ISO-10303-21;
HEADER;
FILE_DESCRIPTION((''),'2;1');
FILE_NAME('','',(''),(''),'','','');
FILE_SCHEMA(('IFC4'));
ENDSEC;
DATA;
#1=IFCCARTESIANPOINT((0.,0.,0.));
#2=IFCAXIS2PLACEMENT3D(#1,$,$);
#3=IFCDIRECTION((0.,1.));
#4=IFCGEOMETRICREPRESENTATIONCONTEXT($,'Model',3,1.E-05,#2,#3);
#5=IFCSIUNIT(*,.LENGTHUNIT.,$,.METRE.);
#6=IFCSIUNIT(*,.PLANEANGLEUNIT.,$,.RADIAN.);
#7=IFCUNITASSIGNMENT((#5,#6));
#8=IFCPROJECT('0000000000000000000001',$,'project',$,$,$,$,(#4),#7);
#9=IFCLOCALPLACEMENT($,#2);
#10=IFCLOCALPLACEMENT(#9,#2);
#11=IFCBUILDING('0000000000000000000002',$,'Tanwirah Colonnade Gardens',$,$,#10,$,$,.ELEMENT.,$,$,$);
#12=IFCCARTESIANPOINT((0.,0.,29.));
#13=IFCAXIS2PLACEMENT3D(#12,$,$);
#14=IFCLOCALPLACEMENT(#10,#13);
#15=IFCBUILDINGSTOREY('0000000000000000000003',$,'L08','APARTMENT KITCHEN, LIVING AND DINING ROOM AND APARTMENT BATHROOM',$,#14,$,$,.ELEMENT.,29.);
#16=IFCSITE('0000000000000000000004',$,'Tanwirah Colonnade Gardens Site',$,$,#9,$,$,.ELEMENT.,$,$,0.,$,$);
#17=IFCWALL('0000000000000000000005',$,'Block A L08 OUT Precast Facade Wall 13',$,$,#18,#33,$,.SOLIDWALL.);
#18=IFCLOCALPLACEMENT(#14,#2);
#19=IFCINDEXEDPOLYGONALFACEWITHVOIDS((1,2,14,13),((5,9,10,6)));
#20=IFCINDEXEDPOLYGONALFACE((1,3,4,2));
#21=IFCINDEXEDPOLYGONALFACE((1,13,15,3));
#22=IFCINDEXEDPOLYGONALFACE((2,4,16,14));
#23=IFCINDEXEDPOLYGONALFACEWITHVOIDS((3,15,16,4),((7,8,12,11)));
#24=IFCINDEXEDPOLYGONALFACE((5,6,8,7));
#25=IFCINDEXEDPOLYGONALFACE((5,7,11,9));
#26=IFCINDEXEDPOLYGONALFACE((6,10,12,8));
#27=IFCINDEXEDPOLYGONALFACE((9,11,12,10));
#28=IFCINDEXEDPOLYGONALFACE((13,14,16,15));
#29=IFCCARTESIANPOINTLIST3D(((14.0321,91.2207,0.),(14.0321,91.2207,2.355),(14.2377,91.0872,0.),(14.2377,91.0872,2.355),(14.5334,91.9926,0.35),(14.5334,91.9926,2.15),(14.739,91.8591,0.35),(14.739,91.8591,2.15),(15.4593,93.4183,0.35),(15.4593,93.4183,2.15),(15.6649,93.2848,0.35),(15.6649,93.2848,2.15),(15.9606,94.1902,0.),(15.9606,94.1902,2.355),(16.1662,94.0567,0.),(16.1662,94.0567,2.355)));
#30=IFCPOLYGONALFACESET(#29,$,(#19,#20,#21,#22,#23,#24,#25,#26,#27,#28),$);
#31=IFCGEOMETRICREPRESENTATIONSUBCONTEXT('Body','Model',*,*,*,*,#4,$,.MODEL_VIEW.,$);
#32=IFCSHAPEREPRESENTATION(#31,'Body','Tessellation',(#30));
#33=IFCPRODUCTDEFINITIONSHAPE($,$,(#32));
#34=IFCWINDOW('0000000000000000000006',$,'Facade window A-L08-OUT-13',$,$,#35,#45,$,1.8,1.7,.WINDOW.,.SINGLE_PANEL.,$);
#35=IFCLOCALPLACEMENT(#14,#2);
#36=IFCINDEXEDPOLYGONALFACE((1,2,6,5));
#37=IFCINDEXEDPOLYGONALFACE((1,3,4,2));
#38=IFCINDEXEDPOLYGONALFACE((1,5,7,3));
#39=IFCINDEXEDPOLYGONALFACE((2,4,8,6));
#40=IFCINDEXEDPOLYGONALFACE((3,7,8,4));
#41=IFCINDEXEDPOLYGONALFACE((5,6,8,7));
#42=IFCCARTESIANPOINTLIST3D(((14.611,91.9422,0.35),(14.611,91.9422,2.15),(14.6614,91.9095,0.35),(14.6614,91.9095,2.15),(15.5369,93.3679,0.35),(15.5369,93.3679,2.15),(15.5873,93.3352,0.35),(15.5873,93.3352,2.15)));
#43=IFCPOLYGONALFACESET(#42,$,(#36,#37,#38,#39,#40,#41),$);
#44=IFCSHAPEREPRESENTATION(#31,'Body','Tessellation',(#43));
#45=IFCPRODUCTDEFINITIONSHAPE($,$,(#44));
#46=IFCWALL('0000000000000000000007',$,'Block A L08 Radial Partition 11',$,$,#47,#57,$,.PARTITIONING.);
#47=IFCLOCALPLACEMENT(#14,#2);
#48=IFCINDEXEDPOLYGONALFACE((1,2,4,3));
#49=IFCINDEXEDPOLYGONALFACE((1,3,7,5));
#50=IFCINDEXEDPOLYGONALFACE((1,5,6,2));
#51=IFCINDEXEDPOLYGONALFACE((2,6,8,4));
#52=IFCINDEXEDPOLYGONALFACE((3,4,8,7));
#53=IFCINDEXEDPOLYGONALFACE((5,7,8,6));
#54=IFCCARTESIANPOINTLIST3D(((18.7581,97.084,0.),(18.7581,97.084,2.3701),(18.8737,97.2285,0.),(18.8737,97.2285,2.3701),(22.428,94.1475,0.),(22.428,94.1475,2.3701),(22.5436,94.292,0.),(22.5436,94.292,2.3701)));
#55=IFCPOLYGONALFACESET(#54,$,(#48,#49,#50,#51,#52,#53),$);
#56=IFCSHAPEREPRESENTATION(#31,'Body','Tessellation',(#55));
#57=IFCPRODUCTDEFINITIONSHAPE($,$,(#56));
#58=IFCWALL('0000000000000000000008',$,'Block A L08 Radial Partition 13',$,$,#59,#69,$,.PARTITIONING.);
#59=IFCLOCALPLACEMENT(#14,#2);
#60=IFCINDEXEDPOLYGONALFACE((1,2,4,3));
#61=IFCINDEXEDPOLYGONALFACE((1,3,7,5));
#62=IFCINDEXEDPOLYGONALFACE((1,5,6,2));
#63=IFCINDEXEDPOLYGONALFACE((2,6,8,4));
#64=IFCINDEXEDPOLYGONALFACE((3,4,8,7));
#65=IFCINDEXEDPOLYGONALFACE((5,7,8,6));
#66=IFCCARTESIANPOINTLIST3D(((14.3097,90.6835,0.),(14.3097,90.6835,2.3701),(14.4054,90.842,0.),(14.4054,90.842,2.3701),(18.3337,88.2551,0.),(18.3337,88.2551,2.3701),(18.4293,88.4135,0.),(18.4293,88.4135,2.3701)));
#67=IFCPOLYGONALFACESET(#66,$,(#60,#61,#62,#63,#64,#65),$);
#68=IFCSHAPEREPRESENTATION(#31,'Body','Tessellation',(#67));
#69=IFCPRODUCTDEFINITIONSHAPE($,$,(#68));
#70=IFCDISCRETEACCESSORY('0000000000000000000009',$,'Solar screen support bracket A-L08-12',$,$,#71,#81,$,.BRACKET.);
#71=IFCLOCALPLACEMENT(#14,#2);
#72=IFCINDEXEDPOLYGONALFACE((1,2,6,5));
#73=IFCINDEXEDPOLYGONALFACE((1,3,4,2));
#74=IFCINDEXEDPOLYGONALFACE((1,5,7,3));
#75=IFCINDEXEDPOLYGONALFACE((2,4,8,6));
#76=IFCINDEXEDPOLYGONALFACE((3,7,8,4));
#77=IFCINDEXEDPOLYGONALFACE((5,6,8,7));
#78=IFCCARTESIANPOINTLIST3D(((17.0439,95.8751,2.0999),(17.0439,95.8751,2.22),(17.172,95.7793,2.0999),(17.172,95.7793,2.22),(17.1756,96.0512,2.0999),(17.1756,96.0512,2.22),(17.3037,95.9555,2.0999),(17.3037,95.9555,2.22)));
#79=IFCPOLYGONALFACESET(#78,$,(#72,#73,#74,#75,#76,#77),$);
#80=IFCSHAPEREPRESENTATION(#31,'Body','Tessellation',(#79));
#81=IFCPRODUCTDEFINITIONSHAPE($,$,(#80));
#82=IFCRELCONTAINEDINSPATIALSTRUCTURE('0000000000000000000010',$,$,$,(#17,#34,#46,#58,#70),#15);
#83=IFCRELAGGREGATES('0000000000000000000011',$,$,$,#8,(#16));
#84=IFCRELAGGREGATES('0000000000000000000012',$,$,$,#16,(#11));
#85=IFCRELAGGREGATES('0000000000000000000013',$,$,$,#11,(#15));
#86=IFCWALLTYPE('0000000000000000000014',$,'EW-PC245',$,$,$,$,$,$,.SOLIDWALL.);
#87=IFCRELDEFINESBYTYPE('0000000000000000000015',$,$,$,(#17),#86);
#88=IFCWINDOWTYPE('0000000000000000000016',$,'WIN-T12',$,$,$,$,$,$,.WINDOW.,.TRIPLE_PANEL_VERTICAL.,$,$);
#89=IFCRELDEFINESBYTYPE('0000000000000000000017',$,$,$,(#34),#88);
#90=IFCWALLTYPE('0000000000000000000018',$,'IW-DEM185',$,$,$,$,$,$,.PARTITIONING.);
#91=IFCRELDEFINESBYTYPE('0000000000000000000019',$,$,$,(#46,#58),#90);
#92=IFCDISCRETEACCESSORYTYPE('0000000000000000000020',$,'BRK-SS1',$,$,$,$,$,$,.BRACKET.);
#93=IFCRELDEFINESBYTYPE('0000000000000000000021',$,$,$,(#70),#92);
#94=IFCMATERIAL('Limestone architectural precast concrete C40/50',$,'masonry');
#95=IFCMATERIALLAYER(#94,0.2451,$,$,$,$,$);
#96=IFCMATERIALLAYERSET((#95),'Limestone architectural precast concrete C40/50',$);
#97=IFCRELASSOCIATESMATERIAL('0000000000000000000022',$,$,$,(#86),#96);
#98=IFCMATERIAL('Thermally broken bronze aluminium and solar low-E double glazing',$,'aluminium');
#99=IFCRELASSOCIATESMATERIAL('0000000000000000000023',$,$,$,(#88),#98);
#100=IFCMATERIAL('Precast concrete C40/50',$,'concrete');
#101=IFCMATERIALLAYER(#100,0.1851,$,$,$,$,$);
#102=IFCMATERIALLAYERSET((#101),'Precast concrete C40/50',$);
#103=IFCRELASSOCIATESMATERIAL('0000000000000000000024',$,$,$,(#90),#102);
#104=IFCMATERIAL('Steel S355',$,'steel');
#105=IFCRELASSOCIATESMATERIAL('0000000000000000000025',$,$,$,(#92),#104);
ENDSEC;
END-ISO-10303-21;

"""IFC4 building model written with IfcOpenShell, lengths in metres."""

from ifc_helpers import new_model, si_unit, direction, frame, frame_2d, origin, origin_2d, place, context, subcontext, project, spatial, rectangle, extrude, material, layer, layer_set, type_object, element, fill, save


model = new_model("IFC4")

# Units and contexts
model_context = context("Model", 3, precision=1e-05, world=origin(), true_north=direction((0.0, 1.0)))
body_context = subcontext(model_context, "Body", "Model", "MODEL_VIEW")
ifc_project = project(units=[si_unit("LENGTHUNIT", "METRE"), si_unit("PLANEANGLEUNIT", "RADIAN")], contexts=[model_context])

# Site, building, storey
site_placement = place(None, origin())
site = spatial("IfcSite", under=ifc_project, at=site_placement, Name="Tanwirah Colonnade Gardens Site", CompositionType="ELEMENT", RefElevation=0.0)
building_placement = place(site_placement, origin())
building = spatial("IfcBuilding", under=site, at=building_placement, Name="Tanwirah Colonnade Gardens", CompositionType="ELEMENT")
storey_placement = place(building_placement, frame((0.0, 0.0, 29.0)))
storey = spatial("IfcBuildingStorey", under=building, at=storey_placement, Name="L08", Description="APARTMENT KITCHEN, LIVING AND DINING ROOM AND APARTMENT BATHROOM", CompositionType="ELEMENT", Elevation=29.0)

# Shared definitions
ifc_material_1 = material(Name="Precast concrete C40/50", Category="concrete")

# Wall, opening, window
ifc_material_2 = material(Name="Limestone architectural precast concrete C40/50", Category="masonry")
ifc_layer_1 = layer(ifc_material_2, 0.2451)
ifc_layer_set_1 = layer_set([ifc_layer_1], Name="Limestone architectural precast concrete C40/50")
wall_type_1 = type_object("IfcWallType", Name="EW-PC245", PredefinedType="SOLIDWALL", material=ifc_layer_set_1)
wall_1_placement = place(storey_placement, frame((16.0635, 94.1235, 0.0), z_axis=(0.0, 0.0, 1.0), x_axis=(-0.544651, -0.838663, 0.0)))
wall_1 = element("IfcWall", 1, at=wall_1_placement, inside=storey, type_object=wall_type_1, Name="Block A L08 OUT Precast Facade Wall 13", PredefinedType="SOLIDWALL", context=body_context, shape_type="SweptSolid", body=[
    extrude(rectangle(XDim=3.5408, YDim=0.2451, at=frame_2d((1.7705, 0.0))), origin(), (0.0, 0.0, 1.0), 2.355),
])
opening_1_placement = place(wall_1_placement, frame((0.9204, 0.0, 0.3501)))
opening_1 = element("IfcOpeningElement", 2, at=opening_1_placement, cuts=wall_1, PredefinedType="OPENING", context=body_context, shape_type="SweptSolid", body=[
    extrude(rectangle(XDim=1.7, YDim=1.8, at=frame_2d((0.8501, 0.8999))), frame((0.0, 0.1326, 0.0), z_axis=(0.0, -1.0, 0.0), x_axis=(1.0, 0.0, 0.0)), (0.0, 0.0, 1.0), 0.2651),
])
ifc_material_3 = material(Name="Thermally broken bronze aluminium and solar low-E double glazing", Category="aluminium")
window_type = type_object("IfcWindowType", Name="WIN-T12", PartitioningType="TRIPLE_PANEL_VERTICAL", PredefinedType="WINDOW", material=ifc_material_3)
window_placement = place(opening_1_placement, origin())
window = element("IfcWindow", 3, at=window_placement, inside=storey, type_object=window_type, Name="Facade window A-L08-OUT-13", OverallHeight=1.8, OverallWidth=1.7, PartitioningType="SINGLE_PANEL", PredefinedType="WINDOW", context=body_context, shape_type="SweptSolid", body=[
    extrude(rectangle(XDim=1.7, YDim=1.8, at=frame_2d((0.8501, 0.8999))), frame((0.0, 0.03, 0.0), z_axis=(0.0, -1.0, 0.0), x_axis=(1.0, 0.0, 0.0)), (0.0, 0.0, 1.0), 0.0601),
])
fill(opening_1, window)

# Walls
ifc_layer_2 = layer(ifc_material_1, 0.1851)
ifc_layer_set_2 = layer_set([ifc_layer_2], Name="Precast concrete C40/50")
wall_type_2 = type_object("IfcWallType", Name="IW-DEM185", PredefinedType="PARTITIONING", material=ifc_layer_set_2)
wall_2_placement = place(storey_placement, frame((22.4858, 94.2197, 0.0), z_axis=(0.0, 0.0, 1.0), x_axis=(-0.780808, 0.624771, 0.0)))
element("IfcWall", 4, at=wall_2_placement, inside=storey, type_object=wall_type_2, Name="Block A L08 Radial Partition 11", PredefinedType="PARTITIONING", context=body_context, shape_type="SweptSolid", body=[
    extrude(rectangle(XDim=4.7002, YDim=0.1851, at=frame_2d((2.3501, 0.0))), origin(), (0.0, 0.0, 1.0), 2.3701),
])
wall_3_placement = place(storey_placement, frame((18.3816, 88.3342, 0.0), z_axis=(0.0, 0.0, 1.0), x_axis=(-0.856165, 0.516702, 0.0)))
element("IfcWall", 5, at=wall_3_placement, inside=storey, type_object=wall_type_2, Name="Block A L08 Radial Partition 13", PredefinedType="PARTITIONING", context=body_context, shape_type="SweptSolid", body=[
    extrude(rectangle(XDim=4.7, YDim=0.1851, at=frame_2d((2.3501, 0.0))), origin(), (0.0, 0.0, 1.0), 2.3701),
])

# Discrete accessory
ifc_material_4 = material(Name="Steel S355", Category="steel")
discrete_accessory_type = type_object("IfcDiscreteAccessoryType", Name="BRK-SS1", PredefinedType="BRACKET", material=ifc_material_4)
discrete_accessory_placement = place(storey_placement, frame((17.1738, 95.9153, 2.0999), z_axis=(0.0, 0.0, 1.0), x_axis=(-0.598713, -0.800964, 0.0)))
element("IfcDiscreteAccessory", 6, at=discrete_accessory_placement, inside=storey, type_object=discrete_accessory_type, Name="Solar screen support bracket A-L08-12", PredefinedType="BRACKET", context=body_context, shape_type="SweptSolid", body=[
    extrude(rectangle(XDim=0.22, YDim=0.1599, at=origin_2d()), origin(), (0.0, 0.0, 1.0), 0.1201),
])

save(model, "model.ifc")
